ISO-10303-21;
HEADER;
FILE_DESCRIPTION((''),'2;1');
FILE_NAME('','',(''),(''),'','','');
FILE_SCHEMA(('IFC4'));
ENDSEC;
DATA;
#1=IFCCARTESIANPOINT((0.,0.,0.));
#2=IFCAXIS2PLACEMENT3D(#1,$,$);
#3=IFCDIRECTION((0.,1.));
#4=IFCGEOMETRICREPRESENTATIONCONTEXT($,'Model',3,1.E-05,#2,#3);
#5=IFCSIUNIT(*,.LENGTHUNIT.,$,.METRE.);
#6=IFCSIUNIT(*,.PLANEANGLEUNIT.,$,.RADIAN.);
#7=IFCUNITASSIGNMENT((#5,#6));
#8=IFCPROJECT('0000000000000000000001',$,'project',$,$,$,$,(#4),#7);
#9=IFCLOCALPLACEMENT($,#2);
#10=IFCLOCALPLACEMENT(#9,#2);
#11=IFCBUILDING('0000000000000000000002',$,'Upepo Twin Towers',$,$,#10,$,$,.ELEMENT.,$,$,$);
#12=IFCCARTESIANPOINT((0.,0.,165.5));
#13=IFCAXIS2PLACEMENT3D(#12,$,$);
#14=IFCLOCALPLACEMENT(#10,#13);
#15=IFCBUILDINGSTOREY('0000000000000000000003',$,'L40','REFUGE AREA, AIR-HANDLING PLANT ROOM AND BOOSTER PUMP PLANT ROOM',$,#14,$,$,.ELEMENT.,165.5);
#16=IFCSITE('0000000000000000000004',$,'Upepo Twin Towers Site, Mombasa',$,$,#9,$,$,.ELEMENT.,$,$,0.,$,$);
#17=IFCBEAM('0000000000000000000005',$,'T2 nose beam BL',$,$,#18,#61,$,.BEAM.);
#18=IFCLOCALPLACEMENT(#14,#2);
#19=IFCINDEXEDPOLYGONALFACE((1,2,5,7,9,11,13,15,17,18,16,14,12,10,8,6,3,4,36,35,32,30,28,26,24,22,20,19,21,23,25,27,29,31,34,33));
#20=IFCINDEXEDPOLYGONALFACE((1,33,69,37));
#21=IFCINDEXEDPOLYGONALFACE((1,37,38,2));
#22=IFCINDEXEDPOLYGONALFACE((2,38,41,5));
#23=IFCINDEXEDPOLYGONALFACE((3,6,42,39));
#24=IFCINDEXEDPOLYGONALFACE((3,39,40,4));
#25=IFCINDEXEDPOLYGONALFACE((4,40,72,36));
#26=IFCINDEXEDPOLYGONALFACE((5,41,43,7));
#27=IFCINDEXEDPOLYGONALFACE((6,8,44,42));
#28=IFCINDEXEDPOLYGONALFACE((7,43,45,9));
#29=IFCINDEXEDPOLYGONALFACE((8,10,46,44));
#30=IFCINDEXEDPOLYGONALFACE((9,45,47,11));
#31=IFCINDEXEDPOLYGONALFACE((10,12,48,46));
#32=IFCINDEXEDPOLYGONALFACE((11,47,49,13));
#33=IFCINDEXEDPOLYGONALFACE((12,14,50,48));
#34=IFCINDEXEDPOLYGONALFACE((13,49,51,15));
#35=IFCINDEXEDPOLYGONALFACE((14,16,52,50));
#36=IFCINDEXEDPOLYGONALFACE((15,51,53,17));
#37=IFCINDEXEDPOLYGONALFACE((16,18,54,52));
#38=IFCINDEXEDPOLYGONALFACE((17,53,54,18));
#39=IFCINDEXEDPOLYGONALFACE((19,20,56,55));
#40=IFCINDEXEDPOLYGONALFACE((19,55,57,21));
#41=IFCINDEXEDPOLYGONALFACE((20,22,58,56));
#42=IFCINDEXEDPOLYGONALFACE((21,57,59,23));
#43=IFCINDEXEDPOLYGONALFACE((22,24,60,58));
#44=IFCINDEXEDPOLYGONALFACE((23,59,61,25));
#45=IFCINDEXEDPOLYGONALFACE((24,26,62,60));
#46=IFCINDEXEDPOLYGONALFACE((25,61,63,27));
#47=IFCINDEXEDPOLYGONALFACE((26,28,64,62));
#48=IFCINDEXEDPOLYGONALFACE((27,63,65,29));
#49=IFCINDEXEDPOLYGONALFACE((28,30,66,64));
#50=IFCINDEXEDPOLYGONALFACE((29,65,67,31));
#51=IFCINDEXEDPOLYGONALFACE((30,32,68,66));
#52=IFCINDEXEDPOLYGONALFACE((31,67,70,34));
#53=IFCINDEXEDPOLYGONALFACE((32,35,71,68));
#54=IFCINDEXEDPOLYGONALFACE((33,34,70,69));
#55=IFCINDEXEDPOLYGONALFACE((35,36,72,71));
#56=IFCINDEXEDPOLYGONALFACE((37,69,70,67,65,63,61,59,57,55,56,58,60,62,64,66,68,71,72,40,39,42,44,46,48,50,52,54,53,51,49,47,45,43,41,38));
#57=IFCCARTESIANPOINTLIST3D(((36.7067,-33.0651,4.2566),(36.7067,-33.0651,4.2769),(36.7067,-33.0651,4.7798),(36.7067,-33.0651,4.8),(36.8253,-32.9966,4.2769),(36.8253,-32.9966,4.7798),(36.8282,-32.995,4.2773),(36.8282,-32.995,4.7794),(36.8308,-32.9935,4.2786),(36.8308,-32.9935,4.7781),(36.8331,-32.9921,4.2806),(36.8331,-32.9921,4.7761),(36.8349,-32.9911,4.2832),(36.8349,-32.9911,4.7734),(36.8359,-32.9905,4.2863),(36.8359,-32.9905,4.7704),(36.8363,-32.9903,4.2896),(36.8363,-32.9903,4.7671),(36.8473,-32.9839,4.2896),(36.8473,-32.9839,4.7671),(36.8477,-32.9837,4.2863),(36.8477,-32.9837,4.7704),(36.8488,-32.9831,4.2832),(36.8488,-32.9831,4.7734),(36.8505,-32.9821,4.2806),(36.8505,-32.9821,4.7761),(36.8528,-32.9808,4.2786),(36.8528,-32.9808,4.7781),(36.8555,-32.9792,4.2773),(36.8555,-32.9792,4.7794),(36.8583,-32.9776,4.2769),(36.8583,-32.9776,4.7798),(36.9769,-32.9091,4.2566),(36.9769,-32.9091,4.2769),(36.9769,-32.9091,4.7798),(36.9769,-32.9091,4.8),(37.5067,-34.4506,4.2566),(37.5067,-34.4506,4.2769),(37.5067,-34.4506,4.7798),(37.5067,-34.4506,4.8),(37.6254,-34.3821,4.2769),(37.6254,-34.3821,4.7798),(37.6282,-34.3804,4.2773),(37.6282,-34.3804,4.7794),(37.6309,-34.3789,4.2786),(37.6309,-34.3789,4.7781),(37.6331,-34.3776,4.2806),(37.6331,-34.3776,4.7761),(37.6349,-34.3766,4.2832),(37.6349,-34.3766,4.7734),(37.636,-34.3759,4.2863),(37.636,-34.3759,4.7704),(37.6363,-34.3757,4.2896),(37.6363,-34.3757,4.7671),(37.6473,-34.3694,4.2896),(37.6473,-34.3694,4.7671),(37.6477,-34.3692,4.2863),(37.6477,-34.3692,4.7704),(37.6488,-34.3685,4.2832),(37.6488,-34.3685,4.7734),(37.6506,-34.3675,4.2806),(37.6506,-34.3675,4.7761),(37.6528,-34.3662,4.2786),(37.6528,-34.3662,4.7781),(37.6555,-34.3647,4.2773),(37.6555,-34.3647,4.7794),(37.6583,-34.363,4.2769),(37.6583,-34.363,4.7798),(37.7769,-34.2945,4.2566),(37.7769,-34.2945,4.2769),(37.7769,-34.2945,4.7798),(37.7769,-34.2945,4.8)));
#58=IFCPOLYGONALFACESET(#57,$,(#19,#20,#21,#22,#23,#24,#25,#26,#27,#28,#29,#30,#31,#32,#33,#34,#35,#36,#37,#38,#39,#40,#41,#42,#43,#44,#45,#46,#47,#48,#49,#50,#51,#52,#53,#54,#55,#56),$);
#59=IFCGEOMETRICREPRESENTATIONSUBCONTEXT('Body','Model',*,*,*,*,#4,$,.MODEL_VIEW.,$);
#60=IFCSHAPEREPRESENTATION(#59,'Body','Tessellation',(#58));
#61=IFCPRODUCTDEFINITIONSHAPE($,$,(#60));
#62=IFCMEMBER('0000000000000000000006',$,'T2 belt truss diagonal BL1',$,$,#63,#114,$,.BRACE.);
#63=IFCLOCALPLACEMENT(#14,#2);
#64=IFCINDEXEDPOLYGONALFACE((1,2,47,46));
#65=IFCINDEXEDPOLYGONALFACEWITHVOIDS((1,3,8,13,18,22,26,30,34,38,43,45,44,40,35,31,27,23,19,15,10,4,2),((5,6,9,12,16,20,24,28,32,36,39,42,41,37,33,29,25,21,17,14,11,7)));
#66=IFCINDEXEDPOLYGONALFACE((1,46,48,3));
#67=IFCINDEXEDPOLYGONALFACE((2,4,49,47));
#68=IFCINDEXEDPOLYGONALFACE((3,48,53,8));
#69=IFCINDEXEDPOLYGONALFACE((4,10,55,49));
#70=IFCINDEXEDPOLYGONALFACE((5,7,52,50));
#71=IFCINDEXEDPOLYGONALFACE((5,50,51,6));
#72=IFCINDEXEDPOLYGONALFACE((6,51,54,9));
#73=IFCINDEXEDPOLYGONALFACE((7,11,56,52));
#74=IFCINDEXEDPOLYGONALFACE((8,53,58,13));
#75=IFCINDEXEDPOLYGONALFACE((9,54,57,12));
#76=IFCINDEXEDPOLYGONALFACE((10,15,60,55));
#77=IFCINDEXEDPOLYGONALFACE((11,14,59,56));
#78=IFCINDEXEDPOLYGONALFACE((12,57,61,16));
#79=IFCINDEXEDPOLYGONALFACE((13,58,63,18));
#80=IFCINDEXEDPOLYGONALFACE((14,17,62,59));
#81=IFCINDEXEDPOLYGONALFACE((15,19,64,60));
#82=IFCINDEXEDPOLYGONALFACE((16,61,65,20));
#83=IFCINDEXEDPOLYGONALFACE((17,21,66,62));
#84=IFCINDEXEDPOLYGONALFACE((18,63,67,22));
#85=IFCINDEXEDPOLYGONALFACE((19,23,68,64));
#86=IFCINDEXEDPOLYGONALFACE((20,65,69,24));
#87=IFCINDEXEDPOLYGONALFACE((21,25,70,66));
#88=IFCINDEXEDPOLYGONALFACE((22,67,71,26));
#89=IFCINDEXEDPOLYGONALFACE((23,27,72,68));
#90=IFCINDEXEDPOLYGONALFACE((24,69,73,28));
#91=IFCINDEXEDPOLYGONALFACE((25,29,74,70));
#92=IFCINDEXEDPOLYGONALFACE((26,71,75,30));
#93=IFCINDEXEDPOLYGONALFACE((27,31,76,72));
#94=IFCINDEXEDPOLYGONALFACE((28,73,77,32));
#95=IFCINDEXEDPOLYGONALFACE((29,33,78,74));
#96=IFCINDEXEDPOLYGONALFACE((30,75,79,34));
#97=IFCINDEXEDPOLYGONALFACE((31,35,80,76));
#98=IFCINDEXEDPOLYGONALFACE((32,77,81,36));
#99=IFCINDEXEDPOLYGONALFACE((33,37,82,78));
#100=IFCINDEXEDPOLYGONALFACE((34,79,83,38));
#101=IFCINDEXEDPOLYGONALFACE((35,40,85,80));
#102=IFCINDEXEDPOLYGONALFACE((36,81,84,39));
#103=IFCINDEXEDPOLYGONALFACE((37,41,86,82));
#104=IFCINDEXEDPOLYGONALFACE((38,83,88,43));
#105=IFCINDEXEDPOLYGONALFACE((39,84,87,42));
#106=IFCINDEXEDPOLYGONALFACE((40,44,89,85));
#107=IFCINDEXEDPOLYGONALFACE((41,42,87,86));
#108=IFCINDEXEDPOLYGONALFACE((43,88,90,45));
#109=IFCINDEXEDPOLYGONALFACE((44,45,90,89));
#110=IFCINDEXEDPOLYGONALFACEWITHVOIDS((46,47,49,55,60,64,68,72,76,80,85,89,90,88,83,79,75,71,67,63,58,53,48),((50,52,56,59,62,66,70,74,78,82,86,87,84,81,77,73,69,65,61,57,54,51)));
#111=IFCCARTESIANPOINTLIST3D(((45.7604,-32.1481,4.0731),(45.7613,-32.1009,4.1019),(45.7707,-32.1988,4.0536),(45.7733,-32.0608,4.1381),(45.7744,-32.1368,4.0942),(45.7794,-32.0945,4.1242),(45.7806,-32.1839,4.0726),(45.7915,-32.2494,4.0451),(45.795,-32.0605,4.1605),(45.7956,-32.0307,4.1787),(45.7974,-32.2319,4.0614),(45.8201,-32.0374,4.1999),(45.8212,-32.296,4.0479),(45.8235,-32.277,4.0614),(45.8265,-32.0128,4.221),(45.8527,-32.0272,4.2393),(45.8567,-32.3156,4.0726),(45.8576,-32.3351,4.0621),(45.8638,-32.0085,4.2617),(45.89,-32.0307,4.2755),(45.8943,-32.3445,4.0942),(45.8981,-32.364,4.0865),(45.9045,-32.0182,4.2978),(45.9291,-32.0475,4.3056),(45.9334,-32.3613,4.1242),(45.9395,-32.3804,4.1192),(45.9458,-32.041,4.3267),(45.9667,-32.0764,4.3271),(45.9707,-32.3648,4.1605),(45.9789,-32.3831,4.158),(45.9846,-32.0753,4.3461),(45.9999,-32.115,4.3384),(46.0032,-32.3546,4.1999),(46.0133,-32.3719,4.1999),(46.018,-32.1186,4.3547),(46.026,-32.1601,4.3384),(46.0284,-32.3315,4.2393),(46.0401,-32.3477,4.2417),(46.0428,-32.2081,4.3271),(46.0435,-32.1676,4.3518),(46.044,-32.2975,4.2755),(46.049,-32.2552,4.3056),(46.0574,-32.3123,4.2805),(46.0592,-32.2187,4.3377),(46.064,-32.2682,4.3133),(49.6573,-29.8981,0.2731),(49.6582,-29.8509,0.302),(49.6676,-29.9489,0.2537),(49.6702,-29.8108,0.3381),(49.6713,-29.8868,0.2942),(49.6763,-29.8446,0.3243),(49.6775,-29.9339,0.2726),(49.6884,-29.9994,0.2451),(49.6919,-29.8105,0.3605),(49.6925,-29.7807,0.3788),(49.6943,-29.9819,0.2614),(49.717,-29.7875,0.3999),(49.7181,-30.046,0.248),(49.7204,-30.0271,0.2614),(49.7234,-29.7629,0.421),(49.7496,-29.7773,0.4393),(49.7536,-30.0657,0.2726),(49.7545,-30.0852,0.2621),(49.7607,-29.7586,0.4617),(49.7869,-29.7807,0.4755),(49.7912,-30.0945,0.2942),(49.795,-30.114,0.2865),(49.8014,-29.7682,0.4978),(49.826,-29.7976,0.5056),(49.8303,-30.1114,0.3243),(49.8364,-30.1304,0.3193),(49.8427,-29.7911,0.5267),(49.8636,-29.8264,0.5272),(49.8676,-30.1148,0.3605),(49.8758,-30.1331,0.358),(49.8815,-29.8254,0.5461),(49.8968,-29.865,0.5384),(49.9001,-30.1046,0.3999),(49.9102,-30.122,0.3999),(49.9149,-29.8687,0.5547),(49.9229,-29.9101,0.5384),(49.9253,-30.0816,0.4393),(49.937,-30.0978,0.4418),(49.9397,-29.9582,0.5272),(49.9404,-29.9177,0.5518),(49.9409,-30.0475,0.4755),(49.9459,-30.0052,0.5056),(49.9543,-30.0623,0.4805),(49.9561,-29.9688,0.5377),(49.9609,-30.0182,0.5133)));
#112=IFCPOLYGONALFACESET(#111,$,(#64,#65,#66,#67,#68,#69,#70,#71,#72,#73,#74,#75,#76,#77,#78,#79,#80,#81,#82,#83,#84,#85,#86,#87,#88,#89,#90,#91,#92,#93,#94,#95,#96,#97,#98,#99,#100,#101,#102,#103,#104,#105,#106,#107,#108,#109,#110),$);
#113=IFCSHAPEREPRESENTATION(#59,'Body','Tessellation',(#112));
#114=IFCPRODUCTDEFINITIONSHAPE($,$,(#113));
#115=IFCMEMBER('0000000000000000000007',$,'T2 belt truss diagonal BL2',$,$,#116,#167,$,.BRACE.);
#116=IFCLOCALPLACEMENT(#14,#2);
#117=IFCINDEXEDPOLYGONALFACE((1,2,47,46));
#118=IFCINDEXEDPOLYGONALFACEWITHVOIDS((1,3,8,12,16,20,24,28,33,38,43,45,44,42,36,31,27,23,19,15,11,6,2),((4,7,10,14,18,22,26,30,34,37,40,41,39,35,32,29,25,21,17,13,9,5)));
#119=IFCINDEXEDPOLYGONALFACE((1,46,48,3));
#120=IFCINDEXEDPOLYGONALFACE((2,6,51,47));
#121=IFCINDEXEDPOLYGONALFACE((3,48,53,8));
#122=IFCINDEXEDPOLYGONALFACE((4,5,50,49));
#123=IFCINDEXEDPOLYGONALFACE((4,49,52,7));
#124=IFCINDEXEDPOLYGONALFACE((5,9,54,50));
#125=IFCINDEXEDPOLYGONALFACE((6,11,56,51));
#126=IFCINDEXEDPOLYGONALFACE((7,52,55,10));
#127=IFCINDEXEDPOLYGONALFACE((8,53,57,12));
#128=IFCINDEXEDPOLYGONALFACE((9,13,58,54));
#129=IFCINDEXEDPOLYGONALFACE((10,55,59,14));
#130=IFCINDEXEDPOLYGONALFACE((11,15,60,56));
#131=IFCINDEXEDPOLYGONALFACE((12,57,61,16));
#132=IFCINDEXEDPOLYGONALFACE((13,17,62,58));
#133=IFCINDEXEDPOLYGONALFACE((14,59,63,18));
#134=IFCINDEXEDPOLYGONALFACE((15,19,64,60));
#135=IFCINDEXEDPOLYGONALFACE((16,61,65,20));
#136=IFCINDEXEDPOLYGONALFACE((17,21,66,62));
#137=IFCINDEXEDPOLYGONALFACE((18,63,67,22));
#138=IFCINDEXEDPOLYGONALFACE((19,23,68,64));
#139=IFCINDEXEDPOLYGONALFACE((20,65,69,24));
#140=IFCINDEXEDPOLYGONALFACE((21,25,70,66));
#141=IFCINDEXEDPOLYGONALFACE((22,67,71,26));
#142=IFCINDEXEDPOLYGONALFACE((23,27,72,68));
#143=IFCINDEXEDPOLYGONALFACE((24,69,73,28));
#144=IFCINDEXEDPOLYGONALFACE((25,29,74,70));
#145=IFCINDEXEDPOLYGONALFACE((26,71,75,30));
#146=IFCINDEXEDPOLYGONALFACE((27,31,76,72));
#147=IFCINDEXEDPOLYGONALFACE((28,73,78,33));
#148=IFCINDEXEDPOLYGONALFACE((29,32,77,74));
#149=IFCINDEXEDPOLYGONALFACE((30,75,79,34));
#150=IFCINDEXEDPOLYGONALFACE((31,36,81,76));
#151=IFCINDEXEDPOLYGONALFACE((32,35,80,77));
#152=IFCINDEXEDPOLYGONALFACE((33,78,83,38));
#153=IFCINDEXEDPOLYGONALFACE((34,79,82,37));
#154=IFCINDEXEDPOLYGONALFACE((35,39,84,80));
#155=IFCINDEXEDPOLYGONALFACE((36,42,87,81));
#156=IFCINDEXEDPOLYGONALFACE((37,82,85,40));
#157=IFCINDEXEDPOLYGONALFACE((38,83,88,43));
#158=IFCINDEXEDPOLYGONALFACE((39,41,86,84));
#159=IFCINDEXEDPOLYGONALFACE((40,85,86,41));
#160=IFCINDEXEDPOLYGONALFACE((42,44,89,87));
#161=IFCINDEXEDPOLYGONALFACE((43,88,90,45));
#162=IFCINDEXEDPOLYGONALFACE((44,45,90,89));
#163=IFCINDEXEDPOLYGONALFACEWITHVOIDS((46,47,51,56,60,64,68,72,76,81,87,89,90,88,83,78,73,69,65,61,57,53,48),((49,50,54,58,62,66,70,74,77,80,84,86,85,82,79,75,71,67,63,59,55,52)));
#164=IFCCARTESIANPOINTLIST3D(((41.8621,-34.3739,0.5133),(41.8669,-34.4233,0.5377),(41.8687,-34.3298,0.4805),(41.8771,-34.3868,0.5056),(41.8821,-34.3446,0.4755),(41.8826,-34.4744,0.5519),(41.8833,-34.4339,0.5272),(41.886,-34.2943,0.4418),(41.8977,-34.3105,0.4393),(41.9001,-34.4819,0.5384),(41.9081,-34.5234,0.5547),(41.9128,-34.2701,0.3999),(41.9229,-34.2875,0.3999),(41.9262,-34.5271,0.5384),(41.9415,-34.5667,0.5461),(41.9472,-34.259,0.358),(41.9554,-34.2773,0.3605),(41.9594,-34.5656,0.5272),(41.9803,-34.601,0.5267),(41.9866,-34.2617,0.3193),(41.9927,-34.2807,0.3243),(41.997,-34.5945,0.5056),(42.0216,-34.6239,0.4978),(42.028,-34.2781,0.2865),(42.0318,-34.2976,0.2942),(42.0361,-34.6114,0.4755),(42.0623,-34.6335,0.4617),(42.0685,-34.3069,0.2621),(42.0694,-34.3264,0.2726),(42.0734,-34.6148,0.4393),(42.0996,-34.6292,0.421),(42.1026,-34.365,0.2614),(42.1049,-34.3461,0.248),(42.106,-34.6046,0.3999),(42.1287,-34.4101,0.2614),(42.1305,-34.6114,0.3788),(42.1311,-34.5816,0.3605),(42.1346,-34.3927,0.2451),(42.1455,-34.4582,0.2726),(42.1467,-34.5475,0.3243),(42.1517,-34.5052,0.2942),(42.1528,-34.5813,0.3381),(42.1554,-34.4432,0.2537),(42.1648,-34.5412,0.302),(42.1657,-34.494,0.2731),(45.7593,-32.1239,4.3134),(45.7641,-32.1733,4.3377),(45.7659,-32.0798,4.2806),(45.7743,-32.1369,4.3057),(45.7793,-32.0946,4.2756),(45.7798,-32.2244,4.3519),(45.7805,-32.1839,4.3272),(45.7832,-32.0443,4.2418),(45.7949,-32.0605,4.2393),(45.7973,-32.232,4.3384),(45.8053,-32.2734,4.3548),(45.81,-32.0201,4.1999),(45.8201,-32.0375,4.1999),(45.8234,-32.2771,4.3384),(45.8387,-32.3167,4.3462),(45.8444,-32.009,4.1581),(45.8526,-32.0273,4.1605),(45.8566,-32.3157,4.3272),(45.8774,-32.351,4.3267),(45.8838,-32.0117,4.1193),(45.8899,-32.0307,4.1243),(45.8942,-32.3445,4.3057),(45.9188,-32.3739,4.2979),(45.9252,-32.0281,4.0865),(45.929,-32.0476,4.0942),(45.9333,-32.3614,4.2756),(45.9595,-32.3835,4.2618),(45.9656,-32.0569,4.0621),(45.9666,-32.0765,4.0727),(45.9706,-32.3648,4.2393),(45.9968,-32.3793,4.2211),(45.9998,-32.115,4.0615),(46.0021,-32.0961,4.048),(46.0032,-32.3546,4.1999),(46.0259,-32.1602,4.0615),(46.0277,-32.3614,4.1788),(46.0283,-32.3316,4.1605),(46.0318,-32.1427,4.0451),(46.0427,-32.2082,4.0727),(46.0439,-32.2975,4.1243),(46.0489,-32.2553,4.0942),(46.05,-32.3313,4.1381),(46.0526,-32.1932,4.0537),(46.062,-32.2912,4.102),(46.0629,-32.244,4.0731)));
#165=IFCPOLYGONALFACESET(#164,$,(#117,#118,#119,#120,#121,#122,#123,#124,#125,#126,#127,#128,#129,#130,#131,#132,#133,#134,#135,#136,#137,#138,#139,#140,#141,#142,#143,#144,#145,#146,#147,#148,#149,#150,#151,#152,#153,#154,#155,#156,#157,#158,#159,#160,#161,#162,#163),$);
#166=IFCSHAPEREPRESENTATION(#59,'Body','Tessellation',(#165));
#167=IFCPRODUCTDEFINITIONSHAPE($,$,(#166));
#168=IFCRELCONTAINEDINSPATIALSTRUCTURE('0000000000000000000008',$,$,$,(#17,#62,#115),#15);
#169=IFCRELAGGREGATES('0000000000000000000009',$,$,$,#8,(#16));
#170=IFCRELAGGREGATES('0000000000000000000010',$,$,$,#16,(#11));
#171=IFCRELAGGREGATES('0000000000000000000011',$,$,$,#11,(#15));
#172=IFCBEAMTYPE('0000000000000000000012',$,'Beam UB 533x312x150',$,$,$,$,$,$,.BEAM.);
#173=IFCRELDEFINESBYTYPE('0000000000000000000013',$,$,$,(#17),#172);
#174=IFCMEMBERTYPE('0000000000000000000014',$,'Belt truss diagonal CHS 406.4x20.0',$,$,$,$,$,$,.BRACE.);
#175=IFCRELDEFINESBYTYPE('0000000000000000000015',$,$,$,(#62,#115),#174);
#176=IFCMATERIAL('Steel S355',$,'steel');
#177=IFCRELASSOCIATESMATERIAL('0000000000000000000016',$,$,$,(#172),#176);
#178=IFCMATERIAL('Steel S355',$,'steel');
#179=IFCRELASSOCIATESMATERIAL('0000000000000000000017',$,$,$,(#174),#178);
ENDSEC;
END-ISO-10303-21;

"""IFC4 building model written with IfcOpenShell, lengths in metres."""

from ifc_helpers import new_model, si_unit, direction, frame, origin, origin_2d, place, context, subcontext, project, spatial, hollow_circle, i_section, extrude, material, material_profile, profile_set, type_object, element, save


model = new_model("IFC4")

# Units and contexts
model_context = context("Model", 3, precision=1e-05, world=origin(), true_north=direction((0.0, 1.0)))
body_context = subcontext(model_context, "Body", "Model", "MODEL_VIEW")
ifc_project = project(units=[si_unit("LENGTHUNIT", "METRE"), si_unit("PLANEANGLEUNIT", "RADIAN")], contexts=[model_context])

# Site, building, storey
site_placement = place(None, origin())
site = spatial("IfcSite", under=ifc_project, at=site_placement, Name="Upepo Twin Towers Site, Mombasa", CompositionType="ELEMENT", RefElevation=0.0)
building_placement = place(site_placement, origin())
building = spatial("IfcBuilding", under=site, at=building_placement, Name="Upepo Twin Towers", CompositionType="ELEMENT")
storey_placement = place(building_placement, frame((0.0, 0.0, 165.5)))
storey = spatial("IfcBuildingStorey", under=building, at=storey_placement, Name="L40", Description="REFUGE AREA, AIR-HANDLING PLANT ROOM AND BOOSTER PUMP PLANT ROOM", CompositionType="ELEMENT", Elevation=165.5)

# Beam
ifc_material_1 = material(Name="Steel S355", Category="steel")
ifc_material_profile_1 = material_profile(ifc_material_1, i_section(OverallWidth=0.312, OverallDepth=0.5435, WebThickness=0.0127, FlangeThickness=0.0203, FilletRadius=0.0127, at=origin_2d()), Name="UB 533x312x150")
ifc_profile_set_1 = profile_set([ifc_material_profile_1], Name="Steel S355")
beam_type_1 = type_object("IfcBeamType", Name="Beam UB 533x312x150", PredefinedType="BEAM", material=ifc_profile_set_1)
beam_1_placement = place(storey_placement, frame((37.6418, -34.3726, 4.5283), z_axis=(-0.500061, 0.86599, 0.0), x_axis=(-0.86599, -0.500061, 0.0)))
element("IfcBeam", 1, at=beam_1_placement, inside=storey, type_object=beam_type_1, Name="T2 nose beam BL", PredefinedType="BEAM", context=body_context, shape_type="SweptSolid", body=[
    extrude(i_section(OverallWidth=0.312, OverallDepth=0.5435, WebThickness=0.0127, FlangeThickness=0.0203, FilletRadius=0.0127, at=origin_2d()), origin(), (0.0, 0.0, 1.0), 1.5999),
])

# Members
ifc_material_2 = material(Name="Steel S355", Category="steel")
ifc_material_profile_2 = material_profile(ifc_material_2, hollow_circle(Radius=0.2031, WallThickness=0.02, at=origin_2d()), Name="CHS 406.4x20.0")
ifc_profile_set_2 = profile_set([ifc_material_profile_2], Name="Steel S355")
member_type = type_object("IfcMemberType", Name="Belt truss diagonal CHS 406.4x20.0", PredefinedType="BRACE", material=ifc_profile_set_2)
member_1_placement = place(storey_placement, frame((49.8086, -29.946, 0.3999), z_axis=(-0.661652, -0.382019, 0.645196), x_axis=(0.500014, -0.866018, 0.0)))
element("IfcMember", 2, at=member_1_placement, inside=storey, type_object=member_type, Name="T2 belt truss diagonal BL1", PredefinedType="BRACE", context=body_context, shape_type="SweptSolid", body=[
    extrude(hollow_circle(Radius=0.2031, WallThickness=0.02, at=origin_2d()), origin(), (0.0, 0.0, 1.0), 5.8896),
])
member_2_placement = place(storey_placement, frame((42.0144, -34.446, 0.3999), z_axis=(0.661676, 0.382009, 0.645178), x_axis=(-0.49999, 0.866031, 0.0)))
element("IfcMember", 3, at=member_2_placement, inside=storey, type_object=member_type, Name="T2 belt truss diagonal BL2", PredefinedType="BRACE", context=body_context, shape_type="SweptSolid", body=[
    extrude(hollow_circle(Radius=0.2031, WallThickness=0.02, at=origin_2d()), origin(), (0.0, 0.0, 1.0), 5.8899),
])

save(model, "model.ifc")
